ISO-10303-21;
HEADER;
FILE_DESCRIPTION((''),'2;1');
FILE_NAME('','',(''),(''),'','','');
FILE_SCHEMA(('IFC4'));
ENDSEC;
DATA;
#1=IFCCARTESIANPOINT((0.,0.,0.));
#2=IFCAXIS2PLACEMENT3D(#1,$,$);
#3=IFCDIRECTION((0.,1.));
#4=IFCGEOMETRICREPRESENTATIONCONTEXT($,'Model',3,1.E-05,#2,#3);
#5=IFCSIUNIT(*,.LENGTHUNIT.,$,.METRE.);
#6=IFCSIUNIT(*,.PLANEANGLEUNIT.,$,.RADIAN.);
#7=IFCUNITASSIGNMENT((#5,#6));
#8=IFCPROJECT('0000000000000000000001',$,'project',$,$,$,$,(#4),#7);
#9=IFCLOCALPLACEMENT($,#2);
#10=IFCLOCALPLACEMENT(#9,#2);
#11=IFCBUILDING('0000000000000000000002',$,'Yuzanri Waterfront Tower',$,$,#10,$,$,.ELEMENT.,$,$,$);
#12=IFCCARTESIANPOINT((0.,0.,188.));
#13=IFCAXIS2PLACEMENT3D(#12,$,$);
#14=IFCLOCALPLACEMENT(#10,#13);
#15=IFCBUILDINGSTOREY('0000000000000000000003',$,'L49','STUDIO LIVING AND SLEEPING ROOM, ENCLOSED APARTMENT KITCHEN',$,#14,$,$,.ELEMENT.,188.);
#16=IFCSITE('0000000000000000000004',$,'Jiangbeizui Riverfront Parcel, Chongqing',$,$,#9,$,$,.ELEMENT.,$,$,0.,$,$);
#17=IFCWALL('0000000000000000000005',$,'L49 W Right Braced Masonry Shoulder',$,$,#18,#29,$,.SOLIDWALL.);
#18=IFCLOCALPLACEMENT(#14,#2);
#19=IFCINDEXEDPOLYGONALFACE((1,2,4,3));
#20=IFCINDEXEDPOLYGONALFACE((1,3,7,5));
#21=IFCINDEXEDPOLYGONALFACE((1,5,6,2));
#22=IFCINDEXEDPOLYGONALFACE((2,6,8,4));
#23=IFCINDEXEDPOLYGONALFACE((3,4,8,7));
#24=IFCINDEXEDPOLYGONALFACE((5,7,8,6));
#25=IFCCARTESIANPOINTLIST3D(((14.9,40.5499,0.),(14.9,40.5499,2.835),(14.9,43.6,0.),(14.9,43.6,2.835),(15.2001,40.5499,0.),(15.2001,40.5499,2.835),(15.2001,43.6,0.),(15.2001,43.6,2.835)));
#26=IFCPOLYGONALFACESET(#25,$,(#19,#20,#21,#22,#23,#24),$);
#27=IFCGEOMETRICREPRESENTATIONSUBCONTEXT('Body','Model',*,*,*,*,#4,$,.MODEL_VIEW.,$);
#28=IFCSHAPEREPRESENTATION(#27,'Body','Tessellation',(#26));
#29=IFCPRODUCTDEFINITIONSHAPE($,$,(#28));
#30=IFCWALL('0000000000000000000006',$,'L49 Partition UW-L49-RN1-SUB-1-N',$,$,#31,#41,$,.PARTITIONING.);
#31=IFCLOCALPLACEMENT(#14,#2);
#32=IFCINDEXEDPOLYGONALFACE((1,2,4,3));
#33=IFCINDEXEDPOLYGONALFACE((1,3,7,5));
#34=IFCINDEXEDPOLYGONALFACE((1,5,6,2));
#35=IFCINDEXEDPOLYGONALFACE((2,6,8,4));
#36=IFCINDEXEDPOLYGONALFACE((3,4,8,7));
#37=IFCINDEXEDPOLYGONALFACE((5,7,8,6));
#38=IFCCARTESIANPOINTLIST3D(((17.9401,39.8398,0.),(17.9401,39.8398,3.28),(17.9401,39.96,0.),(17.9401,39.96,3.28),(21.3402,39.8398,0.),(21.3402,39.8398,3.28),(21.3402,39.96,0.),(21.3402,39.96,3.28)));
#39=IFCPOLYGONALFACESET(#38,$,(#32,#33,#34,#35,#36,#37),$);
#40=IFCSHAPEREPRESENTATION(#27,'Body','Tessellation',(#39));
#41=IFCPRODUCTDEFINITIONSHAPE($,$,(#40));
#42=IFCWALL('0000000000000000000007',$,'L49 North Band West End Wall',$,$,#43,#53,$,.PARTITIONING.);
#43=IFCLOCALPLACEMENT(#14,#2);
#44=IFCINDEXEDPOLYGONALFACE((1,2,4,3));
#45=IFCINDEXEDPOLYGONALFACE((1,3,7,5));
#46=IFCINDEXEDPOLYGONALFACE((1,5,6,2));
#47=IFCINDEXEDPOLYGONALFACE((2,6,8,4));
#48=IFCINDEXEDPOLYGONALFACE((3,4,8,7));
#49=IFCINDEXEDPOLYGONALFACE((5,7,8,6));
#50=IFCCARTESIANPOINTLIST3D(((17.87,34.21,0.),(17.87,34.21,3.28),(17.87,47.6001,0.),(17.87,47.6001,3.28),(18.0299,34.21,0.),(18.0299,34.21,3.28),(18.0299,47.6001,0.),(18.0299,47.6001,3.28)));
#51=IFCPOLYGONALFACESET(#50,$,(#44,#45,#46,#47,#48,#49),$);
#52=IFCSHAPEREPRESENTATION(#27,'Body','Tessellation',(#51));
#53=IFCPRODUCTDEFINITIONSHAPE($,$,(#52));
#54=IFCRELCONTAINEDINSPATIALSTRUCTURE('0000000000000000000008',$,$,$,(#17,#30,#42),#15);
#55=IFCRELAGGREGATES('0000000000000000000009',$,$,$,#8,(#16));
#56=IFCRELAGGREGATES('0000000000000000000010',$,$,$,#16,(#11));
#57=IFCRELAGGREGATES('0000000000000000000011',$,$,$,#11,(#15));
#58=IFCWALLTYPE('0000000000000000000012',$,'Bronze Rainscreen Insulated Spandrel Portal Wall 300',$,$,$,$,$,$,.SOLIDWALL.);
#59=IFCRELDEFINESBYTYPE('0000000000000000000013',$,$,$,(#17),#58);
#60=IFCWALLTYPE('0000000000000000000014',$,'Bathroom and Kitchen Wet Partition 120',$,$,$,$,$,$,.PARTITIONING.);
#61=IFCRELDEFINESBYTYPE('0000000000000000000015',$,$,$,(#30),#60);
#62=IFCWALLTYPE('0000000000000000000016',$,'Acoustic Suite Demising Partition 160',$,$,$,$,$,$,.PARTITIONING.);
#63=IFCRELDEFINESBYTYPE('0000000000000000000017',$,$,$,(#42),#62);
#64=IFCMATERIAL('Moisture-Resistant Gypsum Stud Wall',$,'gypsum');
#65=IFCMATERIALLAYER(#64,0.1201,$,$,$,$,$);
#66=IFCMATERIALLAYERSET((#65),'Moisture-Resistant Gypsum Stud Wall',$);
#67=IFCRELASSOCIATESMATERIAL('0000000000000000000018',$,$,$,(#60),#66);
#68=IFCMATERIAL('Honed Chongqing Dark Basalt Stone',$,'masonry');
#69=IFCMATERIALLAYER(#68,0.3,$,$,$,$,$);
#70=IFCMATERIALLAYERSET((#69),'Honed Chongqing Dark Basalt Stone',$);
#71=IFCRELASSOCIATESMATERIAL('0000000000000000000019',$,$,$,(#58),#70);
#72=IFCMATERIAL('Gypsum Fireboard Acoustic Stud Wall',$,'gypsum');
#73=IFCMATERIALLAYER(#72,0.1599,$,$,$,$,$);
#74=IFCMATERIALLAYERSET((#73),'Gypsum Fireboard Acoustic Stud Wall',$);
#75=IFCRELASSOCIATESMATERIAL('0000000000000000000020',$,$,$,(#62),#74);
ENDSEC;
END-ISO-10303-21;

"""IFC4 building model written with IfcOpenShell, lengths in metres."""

from ifc_helpers import new_model, si_unit, direction, frame, frame_2d, origin, place, context, subcontext, project, spatial, rectangle, extrude, source, transform, mapped, material, layer, layer_set, type_object, element, save


model = new_model("IFC4")

# Units and contexts
model_context = context("Model", 3, precision=1e-05, world=origin(), true_north=direction((0.0, 1.0)))
body_context = subcontext(model_context, "Body", "Model", "MODEL_VIEW")
ifc_project = project(units=[si_unit("LENGTHUNIT", "METRE"), si_unit("PLANEANGLEUNIT", "RADIAN")], contexts=[model_context])

# Site, building, storey
site_placement = place(None, origin())
site = spatial("IfcSite", under=ifc_project, at=site_placement, Name="Jiangbeizui Riverfront Parcel, Chongqing", CompositionType="ELEMENT", RefElevation=0.0)
building_placement = place(site_placement, origin())
building = spatial("IfcBuilding", under=site, at=building_placement, Name="Yuzanri Waterfront Tower", CompositionType="ELEMENT")
storey_placement = place(building_placement, frame((0.0, 0.0, 188.0)))
storey = spatial("IfcBuildingStorey", under=building, at=storey_placement, Name="L49", Description="STUDIO LIVING AND SLEEPING ROOM, ENCLOSED APARTMENT KITCHEN", CompositionType="ELEMENT", Elevation=188.0)

# Shared definitions
ifc_material_1 = material(Name="Moisture-Resistant Gypsum Stud Wall", Category="gypsum")
ifc_layer_1 = layer(ifc_material_1, 0.1201)
ifc_layer_set_1 = layer_set([ifc_layer_1], Name="Moisture-Resistant Gypsum Stud Wall")
wall_type_1 = type_object("IfcWallType", Name="Bathroom and Kitchen Wet Partition 120", PredefinedType="PARTITIONING", material=ifc_layer_set_1)

# Shared definitions
ifc_material_2 = material(Name="Honed Chongqing Dark Basalt Stone", Category="masonry")
ifc_layer_2 = layer(ifc_material_2, 0.3)
ifc_layer_set_2 = layer_set([ifc_layer_2], Name="Honed Chongqing Dark Basalt Stone")
wall_type_2 = type_object("IfcWallType", Name="Bronze Rainscreen Insulated Spandrel Portal Wall 300", PredefinedType="SOLIDWALL", material=ifc_layer_set_2)

# Walls
shared_shape_1 = source(origin(), body_context, "Body", "SweptSolid", [
    extrude(rectangle(XDim=3.05, YDim=0.3, at=frame_2d((1.5249, 0.0))), origin(), (0.0, 0.0, 1.0), 2.835),
])
for number, where, z_axis, x_axis, name in (
    (1, (15.05, 40.55, 0.0), (0.0, 0.0, 1.0), (0.0, 1.0, 0.0), "L49 W Right Braced Masonry Shoulder"),
):
    element("IfcWall", number, at=place(storey_placement, frame(where, z_axis=z_axis, x_axis=x_axis)), inside=storey, type_object=wall_type_2, Name=name, PredefinedType="SOLIDWALL", context=body_context, shape_type="MappedRepresentation", body=[
        mapped(shared_shape_1, transform((0.0, 0.0, 0.0), scale=1.0)),
    ])
shared_shape_2 = source(origin(), body_context, "Body", "SweptSolid", [
    extrude(rectangle(XDim=3.4001, YDim=0.1201, at=frame_2d((1.7002, 0.0))), origin(), (0.0, 0.0, 1.0), 3.28),
])
wall_1_placement = place(storey_placement, frame((17.9399, 39.8999, 0.0), z_axis=(0.0, 0.0, 1.0), x_axis=(1.0, 0.0, 0.0)))
element("IfcWall", 2, at=wall_1_placement, inside=storey, type_object=wall_type_1, Name="L49 Partition UW-L49-RN1-SUB-1-N", PredefinedType="PARTITIONING", context=body_context, shape_type="MappedRepresentation", body=[
    mapped(shared_shape_2, transform((0.0, 0.0, 0.0), scale=1.0)),
])
ifc_material_3 = material(Name="Gypsum Fireboard Acoustic Stud Wall", Category="gypsum")
ifc_layer_3 = layer(ifc_material_3, 0.1599)
ifc_layer_set_3 = layer_set([ifc_layer_3], Name="Gypsum Fireboard Acoustic Stud Wall")
wall_type_3 = type_object("IfcWallType", Name="Acoustic Suite Demising Partition 160", PredefinedType="PARTITIONING", material=ifc_layer_set_3)
shared_shape_3 = source(origin(), body_context, "Body", "SweptSolid", [
    extrude(rectangle(XDim=13.3901, YDim=0.1599, at=frame_2d((6.6951, 0.0))), origin(), (0.0, 0.0, 1.0), 3.28),
])
wall_2_placement = place(storey_placement, frame((17.95, 34.21, 0.0), z_axis=(0.0, 0.0, 1.0), x_axis=(0.0, 1.0, 0.0)))
element("IfcWall", 3, at=wall_2_placement, inside=storey, type_object=wall_type_3, Name="L49 North Band West End Wall", PredefinedType="PARTITIONING", context=body_context, shape_type="MappedRepresentation", body=[
    mapped(shared_shape_3, transform((0.0, 0.0, 0.0), scale=1.0)),
])

save(model, "model.ifc")
